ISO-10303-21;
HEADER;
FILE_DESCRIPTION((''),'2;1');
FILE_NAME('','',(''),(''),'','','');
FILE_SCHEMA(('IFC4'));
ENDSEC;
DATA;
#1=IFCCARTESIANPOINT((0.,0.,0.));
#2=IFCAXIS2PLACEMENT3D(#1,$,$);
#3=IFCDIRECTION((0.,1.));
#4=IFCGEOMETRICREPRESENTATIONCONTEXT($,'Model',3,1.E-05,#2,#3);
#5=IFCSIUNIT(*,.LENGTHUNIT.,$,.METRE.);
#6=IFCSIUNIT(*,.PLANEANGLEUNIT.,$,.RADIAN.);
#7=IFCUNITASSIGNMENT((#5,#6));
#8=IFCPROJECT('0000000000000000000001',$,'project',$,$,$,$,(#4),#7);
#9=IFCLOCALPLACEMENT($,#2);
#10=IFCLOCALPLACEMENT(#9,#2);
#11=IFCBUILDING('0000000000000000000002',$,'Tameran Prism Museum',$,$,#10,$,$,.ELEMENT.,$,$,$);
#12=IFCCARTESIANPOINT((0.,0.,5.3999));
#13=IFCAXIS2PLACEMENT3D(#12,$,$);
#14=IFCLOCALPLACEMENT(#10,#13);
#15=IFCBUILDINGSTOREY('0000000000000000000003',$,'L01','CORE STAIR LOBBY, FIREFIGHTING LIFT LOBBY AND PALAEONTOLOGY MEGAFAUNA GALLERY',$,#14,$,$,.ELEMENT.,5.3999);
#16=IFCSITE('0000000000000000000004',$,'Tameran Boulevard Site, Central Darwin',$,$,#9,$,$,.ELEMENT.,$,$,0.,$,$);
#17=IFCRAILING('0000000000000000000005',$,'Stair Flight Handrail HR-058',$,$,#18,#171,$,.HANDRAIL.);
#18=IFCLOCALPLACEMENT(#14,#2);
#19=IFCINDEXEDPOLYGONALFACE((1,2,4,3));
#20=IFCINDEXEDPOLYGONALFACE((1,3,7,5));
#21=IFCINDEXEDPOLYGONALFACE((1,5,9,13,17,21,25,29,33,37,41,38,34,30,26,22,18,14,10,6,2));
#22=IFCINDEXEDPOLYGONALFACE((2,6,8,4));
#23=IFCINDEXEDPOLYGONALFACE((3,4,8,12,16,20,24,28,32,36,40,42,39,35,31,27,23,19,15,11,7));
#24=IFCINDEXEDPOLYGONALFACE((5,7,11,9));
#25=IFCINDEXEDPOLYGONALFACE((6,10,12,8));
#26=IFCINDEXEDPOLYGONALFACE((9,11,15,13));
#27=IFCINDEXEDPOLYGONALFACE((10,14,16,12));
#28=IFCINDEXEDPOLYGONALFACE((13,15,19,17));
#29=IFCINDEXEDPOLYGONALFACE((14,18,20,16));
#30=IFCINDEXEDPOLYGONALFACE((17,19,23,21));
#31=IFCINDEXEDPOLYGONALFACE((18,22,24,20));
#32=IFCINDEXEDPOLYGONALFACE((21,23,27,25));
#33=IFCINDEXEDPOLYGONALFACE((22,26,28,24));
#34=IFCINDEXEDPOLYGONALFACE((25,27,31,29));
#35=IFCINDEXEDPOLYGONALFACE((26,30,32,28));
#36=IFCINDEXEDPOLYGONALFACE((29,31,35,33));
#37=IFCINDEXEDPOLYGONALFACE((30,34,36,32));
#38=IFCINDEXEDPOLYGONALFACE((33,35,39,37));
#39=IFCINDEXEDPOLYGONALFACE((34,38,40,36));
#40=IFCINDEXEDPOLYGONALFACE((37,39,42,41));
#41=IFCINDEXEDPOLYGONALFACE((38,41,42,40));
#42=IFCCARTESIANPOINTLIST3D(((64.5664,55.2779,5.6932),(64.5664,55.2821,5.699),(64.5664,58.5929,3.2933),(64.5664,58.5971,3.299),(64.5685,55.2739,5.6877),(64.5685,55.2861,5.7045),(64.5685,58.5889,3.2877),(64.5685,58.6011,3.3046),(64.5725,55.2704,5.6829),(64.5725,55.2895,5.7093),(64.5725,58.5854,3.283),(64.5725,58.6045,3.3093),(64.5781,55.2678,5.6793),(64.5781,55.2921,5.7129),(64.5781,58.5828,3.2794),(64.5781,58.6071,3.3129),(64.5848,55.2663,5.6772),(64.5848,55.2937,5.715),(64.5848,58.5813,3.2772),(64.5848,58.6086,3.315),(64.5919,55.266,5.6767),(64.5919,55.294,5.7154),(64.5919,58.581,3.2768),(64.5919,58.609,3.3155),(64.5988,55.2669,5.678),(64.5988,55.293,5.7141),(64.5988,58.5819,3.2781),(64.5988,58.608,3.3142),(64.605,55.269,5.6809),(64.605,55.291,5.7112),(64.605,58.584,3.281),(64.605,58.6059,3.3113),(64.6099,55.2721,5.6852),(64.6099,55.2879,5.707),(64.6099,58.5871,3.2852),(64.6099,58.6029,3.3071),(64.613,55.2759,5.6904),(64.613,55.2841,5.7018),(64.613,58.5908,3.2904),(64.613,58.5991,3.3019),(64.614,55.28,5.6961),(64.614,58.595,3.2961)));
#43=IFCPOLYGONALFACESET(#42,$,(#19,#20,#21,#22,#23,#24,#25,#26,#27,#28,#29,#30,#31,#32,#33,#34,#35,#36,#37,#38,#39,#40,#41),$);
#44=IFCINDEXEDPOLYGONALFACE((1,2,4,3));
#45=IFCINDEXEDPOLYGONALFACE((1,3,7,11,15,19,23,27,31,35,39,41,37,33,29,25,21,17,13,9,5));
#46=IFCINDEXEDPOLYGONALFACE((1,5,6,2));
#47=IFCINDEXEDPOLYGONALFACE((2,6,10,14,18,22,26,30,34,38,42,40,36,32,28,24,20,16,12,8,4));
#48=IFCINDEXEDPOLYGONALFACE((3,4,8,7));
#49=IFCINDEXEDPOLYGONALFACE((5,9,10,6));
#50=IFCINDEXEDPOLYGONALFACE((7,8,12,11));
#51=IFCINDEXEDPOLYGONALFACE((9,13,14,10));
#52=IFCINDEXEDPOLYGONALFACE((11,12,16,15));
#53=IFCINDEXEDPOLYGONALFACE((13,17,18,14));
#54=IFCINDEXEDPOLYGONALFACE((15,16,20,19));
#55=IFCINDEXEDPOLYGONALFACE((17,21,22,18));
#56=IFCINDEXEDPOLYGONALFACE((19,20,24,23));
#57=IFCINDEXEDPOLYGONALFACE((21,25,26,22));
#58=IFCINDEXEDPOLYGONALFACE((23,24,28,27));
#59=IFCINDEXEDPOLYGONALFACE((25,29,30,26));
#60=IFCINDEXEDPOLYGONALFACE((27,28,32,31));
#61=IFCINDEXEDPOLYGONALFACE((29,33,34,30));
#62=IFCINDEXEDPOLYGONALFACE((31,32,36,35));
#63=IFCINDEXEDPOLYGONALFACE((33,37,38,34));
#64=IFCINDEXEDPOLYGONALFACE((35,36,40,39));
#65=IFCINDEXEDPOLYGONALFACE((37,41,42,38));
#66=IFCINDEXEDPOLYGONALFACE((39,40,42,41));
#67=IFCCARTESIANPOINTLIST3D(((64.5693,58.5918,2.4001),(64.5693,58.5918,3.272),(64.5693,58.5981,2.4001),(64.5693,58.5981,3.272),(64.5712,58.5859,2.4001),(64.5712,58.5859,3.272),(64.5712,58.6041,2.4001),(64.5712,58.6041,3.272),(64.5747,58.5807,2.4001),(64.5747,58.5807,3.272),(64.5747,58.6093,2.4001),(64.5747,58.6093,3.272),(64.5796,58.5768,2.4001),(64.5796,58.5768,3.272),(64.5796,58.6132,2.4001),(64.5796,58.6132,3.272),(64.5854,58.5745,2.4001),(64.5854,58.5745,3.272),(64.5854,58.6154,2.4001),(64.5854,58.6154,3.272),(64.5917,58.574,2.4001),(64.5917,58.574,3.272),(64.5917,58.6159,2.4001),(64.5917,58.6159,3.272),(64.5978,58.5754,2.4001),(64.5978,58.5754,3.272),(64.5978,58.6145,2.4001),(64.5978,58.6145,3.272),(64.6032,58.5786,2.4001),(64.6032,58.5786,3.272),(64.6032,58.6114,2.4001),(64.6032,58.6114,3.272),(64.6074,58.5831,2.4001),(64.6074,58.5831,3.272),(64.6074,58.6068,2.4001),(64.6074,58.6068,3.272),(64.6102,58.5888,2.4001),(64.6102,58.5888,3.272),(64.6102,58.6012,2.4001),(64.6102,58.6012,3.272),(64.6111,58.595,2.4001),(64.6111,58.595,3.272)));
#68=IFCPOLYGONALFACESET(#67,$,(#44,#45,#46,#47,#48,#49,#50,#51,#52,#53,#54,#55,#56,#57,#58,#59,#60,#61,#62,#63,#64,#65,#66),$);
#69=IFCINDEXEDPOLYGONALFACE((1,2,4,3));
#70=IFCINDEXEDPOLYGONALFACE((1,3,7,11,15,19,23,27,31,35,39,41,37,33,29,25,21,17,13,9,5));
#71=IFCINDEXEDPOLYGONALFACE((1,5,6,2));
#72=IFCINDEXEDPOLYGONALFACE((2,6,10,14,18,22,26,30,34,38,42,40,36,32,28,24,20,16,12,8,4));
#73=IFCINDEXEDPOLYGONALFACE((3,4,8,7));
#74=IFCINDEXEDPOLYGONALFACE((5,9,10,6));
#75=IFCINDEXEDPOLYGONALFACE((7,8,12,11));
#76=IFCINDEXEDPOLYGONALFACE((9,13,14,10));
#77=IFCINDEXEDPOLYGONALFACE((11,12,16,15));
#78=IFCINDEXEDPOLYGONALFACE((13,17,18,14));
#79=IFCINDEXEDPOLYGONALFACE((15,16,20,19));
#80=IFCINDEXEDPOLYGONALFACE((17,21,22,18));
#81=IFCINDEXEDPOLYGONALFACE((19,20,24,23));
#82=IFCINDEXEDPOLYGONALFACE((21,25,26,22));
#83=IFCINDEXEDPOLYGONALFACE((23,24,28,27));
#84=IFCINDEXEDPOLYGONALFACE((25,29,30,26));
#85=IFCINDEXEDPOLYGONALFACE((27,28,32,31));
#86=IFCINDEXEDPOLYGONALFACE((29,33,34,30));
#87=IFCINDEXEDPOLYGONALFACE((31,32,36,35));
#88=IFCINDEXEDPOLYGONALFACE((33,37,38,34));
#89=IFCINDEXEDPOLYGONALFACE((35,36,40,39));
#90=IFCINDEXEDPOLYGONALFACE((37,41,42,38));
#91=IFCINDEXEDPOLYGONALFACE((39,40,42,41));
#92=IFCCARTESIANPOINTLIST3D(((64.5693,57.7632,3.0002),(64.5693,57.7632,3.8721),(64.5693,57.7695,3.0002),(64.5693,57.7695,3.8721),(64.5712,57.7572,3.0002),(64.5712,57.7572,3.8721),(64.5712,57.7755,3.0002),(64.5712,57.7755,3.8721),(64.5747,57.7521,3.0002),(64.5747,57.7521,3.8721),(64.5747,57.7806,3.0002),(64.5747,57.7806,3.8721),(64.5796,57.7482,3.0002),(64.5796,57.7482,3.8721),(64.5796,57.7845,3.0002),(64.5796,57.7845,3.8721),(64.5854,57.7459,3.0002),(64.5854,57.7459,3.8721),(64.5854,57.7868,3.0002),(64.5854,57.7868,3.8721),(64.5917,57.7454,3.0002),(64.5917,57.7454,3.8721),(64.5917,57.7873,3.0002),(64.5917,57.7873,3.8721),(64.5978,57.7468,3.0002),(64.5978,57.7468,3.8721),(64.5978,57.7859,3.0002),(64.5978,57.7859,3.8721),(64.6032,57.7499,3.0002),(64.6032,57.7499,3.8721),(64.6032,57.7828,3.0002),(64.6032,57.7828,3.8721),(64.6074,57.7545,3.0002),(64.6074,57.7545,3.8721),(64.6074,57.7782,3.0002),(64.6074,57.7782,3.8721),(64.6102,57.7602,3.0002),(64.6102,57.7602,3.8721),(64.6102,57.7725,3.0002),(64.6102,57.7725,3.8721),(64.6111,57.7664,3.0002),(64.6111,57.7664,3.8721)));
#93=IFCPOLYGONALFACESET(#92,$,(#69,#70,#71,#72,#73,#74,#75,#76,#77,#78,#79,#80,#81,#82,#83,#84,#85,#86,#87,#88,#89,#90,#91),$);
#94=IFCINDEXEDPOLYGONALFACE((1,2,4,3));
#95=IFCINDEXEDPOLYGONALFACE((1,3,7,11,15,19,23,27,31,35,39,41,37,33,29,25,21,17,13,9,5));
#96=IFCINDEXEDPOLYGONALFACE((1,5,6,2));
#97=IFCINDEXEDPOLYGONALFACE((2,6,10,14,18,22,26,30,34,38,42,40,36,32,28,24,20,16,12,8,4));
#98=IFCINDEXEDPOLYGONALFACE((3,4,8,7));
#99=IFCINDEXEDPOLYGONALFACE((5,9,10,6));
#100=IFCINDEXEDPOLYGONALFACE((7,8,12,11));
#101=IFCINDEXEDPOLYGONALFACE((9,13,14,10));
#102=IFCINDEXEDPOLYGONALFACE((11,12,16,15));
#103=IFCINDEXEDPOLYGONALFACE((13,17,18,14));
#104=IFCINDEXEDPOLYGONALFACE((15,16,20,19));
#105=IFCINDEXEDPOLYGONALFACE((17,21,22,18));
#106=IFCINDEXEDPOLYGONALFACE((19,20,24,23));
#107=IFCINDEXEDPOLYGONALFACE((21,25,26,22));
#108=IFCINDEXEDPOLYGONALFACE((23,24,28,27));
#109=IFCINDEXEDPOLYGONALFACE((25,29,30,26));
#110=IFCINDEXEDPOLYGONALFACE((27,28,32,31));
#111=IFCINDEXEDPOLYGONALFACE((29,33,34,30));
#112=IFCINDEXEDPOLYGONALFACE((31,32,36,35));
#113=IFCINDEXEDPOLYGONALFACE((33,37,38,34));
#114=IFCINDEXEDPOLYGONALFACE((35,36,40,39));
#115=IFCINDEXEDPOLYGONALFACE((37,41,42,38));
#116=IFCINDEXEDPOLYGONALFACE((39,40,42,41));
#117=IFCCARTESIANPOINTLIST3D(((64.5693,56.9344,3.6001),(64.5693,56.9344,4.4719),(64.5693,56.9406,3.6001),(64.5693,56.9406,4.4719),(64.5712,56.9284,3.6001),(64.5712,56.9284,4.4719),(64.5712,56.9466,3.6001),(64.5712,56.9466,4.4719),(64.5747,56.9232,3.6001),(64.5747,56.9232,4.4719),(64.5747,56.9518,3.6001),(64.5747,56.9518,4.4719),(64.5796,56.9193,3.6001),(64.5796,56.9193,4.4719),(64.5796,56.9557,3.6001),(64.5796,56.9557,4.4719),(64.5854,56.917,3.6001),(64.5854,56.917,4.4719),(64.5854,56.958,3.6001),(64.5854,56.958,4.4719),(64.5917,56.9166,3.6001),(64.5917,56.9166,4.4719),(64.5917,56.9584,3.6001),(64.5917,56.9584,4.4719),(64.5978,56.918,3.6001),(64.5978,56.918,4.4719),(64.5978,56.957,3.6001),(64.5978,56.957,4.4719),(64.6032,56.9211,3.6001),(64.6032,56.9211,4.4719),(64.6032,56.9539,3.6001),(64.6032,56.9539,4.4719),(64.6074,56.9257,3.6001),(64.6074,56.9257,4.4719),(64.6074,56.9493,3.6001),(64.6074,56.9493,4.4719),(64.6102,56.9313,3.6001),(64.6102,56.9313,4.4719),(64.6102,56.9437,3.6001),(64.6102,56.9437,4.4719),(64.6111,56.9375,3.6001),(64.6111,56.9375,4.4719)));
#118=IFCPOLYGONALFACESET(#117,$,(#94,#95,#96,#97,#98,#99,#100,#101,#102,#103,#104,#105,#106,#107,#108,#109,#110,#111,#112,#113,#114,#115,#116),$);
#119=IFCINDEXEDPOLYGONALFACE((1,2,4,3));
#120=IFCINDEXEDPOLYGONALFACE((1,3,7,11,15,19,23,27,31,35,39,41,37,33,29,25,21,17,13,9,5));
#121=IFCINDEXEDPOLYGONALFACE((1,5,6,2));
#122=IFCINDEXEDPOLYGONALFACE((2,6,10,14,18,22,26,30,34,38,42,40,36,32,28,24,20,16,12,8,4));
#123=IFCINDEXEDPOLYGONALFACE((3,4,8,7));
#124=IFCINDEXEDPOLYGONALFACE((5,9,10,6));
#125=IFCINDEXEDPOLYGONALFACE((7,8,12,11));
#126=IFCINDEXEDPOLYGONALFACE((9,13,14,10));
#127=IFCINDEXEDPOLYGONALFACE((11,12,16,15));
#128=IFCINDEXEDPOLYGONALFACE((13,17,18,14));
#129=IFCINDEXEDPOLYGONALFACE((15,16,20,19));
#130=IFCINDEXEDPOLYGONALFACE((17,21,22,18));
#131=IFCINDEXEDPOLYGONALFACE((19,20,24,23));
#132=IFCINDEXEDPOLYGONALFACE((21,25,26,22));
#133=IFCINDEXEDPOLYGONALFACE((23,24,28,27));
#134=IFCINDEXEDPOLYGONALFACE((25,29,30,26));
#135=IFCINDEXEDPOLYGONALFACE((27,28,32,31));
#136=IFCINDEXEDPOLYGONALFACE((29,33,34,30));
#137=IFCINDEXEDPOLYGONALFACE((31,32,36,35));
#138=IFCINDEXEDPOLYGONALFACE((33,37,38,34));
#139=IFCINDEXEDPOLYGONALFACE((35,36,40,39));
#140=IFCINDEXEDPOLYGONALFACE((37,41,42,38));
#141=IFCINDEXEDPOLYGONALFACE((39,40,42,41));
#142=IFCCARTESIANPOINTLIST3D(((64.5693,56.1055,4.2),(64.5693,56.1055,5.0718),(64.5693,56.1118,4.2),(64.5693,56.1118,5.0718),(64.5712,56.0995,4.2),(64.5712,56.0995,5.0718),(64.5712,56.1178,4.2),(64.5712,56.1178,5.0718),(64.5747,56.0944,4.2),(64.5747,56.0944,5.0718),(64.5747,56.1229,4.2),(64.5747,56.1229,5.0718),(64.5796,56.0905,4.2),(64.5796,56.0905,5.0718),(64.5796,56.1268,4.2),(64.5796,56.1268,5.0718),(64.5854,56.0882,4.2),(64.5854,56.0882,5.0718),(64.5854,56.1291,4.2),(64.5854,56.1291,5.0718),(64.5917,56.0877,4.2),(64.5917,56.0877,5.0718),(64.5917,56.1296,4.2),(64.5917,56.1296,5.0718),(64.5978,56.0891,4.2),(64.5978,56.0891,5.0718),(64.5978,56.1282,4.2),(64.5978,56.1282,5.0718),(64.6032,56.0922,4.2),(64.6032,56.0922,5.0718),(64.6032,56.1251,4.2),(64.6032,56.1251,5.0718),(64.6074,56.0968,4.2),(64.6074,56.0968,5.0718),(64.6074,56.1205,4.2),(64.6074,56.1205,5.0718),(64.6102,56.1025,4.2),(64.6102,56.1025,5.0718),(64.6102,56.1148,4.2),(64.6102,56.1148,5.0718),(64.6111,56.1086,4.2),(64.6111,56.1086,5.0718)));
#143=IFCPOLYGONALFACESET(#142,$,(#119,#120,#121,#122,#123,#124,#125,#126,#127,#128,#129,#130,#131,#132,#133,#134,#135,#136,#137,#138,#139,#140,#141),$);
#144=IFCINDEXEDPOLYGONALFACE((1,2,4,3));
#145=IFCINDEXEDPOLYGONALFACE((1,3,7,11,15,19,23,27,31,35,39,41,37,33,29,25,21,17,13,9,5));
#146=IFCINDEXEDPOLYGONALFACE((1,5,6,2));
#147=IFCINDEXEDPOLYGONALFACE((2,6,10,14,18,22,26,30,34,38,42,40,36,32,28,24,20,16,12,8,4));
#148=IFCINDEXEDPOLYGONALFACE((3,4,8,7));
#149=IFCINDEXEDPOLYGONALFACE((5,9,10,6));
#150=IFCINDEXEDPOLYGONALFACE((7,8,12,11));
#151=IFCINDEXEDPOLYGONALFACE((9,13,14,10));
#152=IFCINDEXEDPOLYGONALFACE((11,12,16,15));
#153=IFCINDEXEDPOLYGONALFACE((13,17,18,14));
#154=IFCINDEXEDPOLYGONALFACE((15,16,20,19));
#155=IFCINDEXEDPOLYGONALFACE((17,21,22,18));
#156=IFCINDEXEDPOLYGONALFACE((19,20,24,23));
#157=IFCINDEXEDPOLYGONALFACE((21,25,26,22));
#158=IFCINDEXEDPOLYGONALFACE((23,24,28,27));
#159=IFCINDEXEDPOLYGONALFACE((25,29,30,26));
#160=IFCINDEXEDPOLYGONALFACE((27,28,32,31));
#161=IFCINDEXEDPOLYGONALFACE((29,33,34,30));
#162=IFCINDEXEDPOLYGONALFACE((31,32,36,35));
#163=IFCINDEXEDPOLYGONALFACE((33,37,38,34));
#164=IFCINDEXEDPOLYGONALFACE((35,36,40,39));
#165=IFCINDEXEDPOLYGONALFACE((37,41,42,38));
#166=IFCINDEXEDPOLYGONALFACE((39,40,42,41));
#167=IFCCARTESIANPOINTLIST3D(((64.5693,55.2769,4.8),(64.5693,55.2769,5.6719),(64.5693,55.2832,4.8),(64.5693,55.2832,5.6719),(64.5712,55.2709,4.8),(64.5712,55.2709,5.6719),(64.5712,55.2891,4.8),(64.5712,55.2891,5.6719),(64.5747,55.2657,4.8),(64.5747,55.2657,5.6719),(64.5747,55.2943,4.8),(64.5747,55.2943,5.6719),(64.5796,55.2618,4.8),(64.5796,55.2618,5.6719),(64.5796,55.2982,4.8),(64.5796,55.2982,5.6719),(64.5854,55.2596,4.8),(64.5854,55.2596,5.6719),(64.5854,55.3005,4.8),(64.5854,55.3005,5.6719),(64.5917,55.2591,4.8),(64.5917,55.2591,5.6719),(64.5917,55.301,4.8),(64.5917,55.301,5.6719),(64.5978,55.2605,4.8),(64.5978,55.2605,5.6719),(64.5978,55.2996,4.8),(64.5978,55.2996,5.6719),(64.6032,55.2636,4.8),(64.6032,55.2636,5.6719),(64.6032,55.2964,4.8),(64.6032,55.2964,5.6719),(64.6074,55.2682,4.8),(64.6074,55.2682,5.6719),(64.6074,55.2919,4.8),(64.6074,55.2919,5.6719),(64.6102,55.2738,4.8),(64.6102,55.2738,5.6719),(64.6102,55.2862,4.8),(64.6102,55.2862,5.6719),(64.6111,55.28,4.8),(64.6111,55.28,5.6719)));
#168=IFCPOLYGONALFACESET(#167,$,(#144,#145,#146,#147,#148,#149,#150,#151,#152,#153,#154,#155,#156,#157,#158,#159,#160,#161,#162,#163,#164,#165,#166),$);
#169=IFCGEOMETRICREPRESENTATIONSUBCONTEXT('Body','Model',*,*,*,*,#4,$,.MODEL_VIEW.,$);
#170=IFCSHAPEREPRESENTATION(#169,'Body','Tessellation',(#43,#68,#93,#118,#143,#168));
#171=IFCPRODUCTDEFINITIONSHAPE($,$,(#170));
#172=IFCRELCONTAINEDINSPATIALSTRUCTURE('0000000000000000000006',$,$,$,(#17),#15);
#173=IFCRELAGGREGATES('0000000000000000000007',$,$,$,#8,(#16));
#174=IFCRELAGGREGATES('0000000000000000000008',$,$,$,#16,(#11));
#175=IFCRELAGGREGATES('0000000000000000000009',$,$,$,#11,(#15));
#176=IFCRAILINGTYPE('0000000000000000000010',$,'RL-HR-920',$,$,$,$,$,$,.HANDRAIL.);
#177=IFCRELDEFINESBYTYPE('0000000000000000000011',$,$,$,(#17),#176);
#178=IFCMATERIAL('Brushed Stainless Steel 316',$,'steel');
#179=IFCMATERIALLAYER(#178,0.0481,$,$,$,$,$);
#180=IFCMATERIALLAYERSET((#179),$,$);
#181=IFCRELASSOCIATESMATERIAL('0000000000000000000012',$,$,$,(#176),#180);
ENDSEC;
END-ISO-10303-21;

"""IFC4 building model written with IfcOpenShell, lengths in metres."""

from ifc_helpers import new_model, si_unit, direction, frame, origin, origin_2d, place, context, subcontext, project, spatial, circle, extrude, material, layer, layer_set, type_object, element, save


model = new_model("IFC4")

# Units and contexts
model_context = context("Model", 3, precision=1e-05, world=origin(), true_north=direction((0.0, 1.0)))
body_context = subcontext(model_context, "Body", "Model", "MODEL_VIEW")
ifc_project = project(units=[si_unit("LENGTHUNIT", "METRE"), si_unit("PLANEANGLEUNIT", "RADIAN")], contexts=[model_context])

# Site, building, storey
site_placement = place(None, origin())
site = spatial("IfcSite", under=ifc_project, at=site_placement, Name="Tameran Boulevard Site, Central Darwin", CompositionType="ELEMENT", RefElevation=0.0)
building_placement = place(site_placement, origin())
building = spatial("IfcBuilding", under=site, at=building_placement, Name="Tameran Prism Museum", CompositionType="ELEMENT")
storey_placement = place(building_placement, frame((0.0, 0.0, 5.3999)))
storey = spatial("IfcBuildingStorey", under=building, at=storey_placement, Name="L01", Description="CORE STAIR LOBBY, FIREFIGHTING LIFT LOBBY AND PALAEONTOLOGY MEGAFAUNA GALLERY", CompositionType="ELEMENT", Elevation=5.3999)

# Railing
ifc_material_1 = material(Name="Brushed Stainless Steel 316", Category="steel")
ifc_layer_1 = layer(ifc_material_1, 0.0481)
ifc_layer_set_1 = layer_set([ifc_layer_1])
railing_type_1 = type_object("IfcRailingType", Name="RL-HR-920", PredefinedType="HANDRAIL", material=ifc_layer_set_1)
railing_1_placement = place(storey_placement, frame((64.5901, 58.595, 2.4001)))
element("IfcRailing", 1, at=railing_1_placement, inside=storey, type_object=railing_type_1, Name="Stair Flight Handrail HR-058", PredefinedType="HANDRAIL", context=body_context, shape_type="SweptSolid", body=[
    extrude(circle(Radius=0.0239, at=origin_2d()), frame((0.0, 0.0, 0.896), z_axis=(0.0, -0.810009, 0.586418), x_axis=(1.0, 0.0, 0.0)), (0.0, 0.0, 1.0), 4.0925),
    extrude(circle(Radius=0.021, at=origin_2d()), origin(), (0.0, 0.0, 1.0), 0.8718),
    extrude(circle(Radius=0.021, at=origin_2d()), frame((0.0, -0.8286, 0.6001)), (0.0, 0.0, 1.0), 0.8718),
    extrude(circle(Radius=0.021, at=origin_2d()), frame((0.0, -1.6575, 1.2)), (0.0, 0.0, 1.0), 0.8718),
    extrude(circle(Radius=0.021, at=origin_2d()), frame((0.0, -2.4863, 1.7998)), (0.0, 0.0, 1.0), 0.8718),
    extrude(circle(Radius=0.021, at=origin_2d()), frame((0.0, -3.3149, 2.3999)), (0.0, 0.0, 1.0), 0.8718),
])

save(model, "model.ifc")
